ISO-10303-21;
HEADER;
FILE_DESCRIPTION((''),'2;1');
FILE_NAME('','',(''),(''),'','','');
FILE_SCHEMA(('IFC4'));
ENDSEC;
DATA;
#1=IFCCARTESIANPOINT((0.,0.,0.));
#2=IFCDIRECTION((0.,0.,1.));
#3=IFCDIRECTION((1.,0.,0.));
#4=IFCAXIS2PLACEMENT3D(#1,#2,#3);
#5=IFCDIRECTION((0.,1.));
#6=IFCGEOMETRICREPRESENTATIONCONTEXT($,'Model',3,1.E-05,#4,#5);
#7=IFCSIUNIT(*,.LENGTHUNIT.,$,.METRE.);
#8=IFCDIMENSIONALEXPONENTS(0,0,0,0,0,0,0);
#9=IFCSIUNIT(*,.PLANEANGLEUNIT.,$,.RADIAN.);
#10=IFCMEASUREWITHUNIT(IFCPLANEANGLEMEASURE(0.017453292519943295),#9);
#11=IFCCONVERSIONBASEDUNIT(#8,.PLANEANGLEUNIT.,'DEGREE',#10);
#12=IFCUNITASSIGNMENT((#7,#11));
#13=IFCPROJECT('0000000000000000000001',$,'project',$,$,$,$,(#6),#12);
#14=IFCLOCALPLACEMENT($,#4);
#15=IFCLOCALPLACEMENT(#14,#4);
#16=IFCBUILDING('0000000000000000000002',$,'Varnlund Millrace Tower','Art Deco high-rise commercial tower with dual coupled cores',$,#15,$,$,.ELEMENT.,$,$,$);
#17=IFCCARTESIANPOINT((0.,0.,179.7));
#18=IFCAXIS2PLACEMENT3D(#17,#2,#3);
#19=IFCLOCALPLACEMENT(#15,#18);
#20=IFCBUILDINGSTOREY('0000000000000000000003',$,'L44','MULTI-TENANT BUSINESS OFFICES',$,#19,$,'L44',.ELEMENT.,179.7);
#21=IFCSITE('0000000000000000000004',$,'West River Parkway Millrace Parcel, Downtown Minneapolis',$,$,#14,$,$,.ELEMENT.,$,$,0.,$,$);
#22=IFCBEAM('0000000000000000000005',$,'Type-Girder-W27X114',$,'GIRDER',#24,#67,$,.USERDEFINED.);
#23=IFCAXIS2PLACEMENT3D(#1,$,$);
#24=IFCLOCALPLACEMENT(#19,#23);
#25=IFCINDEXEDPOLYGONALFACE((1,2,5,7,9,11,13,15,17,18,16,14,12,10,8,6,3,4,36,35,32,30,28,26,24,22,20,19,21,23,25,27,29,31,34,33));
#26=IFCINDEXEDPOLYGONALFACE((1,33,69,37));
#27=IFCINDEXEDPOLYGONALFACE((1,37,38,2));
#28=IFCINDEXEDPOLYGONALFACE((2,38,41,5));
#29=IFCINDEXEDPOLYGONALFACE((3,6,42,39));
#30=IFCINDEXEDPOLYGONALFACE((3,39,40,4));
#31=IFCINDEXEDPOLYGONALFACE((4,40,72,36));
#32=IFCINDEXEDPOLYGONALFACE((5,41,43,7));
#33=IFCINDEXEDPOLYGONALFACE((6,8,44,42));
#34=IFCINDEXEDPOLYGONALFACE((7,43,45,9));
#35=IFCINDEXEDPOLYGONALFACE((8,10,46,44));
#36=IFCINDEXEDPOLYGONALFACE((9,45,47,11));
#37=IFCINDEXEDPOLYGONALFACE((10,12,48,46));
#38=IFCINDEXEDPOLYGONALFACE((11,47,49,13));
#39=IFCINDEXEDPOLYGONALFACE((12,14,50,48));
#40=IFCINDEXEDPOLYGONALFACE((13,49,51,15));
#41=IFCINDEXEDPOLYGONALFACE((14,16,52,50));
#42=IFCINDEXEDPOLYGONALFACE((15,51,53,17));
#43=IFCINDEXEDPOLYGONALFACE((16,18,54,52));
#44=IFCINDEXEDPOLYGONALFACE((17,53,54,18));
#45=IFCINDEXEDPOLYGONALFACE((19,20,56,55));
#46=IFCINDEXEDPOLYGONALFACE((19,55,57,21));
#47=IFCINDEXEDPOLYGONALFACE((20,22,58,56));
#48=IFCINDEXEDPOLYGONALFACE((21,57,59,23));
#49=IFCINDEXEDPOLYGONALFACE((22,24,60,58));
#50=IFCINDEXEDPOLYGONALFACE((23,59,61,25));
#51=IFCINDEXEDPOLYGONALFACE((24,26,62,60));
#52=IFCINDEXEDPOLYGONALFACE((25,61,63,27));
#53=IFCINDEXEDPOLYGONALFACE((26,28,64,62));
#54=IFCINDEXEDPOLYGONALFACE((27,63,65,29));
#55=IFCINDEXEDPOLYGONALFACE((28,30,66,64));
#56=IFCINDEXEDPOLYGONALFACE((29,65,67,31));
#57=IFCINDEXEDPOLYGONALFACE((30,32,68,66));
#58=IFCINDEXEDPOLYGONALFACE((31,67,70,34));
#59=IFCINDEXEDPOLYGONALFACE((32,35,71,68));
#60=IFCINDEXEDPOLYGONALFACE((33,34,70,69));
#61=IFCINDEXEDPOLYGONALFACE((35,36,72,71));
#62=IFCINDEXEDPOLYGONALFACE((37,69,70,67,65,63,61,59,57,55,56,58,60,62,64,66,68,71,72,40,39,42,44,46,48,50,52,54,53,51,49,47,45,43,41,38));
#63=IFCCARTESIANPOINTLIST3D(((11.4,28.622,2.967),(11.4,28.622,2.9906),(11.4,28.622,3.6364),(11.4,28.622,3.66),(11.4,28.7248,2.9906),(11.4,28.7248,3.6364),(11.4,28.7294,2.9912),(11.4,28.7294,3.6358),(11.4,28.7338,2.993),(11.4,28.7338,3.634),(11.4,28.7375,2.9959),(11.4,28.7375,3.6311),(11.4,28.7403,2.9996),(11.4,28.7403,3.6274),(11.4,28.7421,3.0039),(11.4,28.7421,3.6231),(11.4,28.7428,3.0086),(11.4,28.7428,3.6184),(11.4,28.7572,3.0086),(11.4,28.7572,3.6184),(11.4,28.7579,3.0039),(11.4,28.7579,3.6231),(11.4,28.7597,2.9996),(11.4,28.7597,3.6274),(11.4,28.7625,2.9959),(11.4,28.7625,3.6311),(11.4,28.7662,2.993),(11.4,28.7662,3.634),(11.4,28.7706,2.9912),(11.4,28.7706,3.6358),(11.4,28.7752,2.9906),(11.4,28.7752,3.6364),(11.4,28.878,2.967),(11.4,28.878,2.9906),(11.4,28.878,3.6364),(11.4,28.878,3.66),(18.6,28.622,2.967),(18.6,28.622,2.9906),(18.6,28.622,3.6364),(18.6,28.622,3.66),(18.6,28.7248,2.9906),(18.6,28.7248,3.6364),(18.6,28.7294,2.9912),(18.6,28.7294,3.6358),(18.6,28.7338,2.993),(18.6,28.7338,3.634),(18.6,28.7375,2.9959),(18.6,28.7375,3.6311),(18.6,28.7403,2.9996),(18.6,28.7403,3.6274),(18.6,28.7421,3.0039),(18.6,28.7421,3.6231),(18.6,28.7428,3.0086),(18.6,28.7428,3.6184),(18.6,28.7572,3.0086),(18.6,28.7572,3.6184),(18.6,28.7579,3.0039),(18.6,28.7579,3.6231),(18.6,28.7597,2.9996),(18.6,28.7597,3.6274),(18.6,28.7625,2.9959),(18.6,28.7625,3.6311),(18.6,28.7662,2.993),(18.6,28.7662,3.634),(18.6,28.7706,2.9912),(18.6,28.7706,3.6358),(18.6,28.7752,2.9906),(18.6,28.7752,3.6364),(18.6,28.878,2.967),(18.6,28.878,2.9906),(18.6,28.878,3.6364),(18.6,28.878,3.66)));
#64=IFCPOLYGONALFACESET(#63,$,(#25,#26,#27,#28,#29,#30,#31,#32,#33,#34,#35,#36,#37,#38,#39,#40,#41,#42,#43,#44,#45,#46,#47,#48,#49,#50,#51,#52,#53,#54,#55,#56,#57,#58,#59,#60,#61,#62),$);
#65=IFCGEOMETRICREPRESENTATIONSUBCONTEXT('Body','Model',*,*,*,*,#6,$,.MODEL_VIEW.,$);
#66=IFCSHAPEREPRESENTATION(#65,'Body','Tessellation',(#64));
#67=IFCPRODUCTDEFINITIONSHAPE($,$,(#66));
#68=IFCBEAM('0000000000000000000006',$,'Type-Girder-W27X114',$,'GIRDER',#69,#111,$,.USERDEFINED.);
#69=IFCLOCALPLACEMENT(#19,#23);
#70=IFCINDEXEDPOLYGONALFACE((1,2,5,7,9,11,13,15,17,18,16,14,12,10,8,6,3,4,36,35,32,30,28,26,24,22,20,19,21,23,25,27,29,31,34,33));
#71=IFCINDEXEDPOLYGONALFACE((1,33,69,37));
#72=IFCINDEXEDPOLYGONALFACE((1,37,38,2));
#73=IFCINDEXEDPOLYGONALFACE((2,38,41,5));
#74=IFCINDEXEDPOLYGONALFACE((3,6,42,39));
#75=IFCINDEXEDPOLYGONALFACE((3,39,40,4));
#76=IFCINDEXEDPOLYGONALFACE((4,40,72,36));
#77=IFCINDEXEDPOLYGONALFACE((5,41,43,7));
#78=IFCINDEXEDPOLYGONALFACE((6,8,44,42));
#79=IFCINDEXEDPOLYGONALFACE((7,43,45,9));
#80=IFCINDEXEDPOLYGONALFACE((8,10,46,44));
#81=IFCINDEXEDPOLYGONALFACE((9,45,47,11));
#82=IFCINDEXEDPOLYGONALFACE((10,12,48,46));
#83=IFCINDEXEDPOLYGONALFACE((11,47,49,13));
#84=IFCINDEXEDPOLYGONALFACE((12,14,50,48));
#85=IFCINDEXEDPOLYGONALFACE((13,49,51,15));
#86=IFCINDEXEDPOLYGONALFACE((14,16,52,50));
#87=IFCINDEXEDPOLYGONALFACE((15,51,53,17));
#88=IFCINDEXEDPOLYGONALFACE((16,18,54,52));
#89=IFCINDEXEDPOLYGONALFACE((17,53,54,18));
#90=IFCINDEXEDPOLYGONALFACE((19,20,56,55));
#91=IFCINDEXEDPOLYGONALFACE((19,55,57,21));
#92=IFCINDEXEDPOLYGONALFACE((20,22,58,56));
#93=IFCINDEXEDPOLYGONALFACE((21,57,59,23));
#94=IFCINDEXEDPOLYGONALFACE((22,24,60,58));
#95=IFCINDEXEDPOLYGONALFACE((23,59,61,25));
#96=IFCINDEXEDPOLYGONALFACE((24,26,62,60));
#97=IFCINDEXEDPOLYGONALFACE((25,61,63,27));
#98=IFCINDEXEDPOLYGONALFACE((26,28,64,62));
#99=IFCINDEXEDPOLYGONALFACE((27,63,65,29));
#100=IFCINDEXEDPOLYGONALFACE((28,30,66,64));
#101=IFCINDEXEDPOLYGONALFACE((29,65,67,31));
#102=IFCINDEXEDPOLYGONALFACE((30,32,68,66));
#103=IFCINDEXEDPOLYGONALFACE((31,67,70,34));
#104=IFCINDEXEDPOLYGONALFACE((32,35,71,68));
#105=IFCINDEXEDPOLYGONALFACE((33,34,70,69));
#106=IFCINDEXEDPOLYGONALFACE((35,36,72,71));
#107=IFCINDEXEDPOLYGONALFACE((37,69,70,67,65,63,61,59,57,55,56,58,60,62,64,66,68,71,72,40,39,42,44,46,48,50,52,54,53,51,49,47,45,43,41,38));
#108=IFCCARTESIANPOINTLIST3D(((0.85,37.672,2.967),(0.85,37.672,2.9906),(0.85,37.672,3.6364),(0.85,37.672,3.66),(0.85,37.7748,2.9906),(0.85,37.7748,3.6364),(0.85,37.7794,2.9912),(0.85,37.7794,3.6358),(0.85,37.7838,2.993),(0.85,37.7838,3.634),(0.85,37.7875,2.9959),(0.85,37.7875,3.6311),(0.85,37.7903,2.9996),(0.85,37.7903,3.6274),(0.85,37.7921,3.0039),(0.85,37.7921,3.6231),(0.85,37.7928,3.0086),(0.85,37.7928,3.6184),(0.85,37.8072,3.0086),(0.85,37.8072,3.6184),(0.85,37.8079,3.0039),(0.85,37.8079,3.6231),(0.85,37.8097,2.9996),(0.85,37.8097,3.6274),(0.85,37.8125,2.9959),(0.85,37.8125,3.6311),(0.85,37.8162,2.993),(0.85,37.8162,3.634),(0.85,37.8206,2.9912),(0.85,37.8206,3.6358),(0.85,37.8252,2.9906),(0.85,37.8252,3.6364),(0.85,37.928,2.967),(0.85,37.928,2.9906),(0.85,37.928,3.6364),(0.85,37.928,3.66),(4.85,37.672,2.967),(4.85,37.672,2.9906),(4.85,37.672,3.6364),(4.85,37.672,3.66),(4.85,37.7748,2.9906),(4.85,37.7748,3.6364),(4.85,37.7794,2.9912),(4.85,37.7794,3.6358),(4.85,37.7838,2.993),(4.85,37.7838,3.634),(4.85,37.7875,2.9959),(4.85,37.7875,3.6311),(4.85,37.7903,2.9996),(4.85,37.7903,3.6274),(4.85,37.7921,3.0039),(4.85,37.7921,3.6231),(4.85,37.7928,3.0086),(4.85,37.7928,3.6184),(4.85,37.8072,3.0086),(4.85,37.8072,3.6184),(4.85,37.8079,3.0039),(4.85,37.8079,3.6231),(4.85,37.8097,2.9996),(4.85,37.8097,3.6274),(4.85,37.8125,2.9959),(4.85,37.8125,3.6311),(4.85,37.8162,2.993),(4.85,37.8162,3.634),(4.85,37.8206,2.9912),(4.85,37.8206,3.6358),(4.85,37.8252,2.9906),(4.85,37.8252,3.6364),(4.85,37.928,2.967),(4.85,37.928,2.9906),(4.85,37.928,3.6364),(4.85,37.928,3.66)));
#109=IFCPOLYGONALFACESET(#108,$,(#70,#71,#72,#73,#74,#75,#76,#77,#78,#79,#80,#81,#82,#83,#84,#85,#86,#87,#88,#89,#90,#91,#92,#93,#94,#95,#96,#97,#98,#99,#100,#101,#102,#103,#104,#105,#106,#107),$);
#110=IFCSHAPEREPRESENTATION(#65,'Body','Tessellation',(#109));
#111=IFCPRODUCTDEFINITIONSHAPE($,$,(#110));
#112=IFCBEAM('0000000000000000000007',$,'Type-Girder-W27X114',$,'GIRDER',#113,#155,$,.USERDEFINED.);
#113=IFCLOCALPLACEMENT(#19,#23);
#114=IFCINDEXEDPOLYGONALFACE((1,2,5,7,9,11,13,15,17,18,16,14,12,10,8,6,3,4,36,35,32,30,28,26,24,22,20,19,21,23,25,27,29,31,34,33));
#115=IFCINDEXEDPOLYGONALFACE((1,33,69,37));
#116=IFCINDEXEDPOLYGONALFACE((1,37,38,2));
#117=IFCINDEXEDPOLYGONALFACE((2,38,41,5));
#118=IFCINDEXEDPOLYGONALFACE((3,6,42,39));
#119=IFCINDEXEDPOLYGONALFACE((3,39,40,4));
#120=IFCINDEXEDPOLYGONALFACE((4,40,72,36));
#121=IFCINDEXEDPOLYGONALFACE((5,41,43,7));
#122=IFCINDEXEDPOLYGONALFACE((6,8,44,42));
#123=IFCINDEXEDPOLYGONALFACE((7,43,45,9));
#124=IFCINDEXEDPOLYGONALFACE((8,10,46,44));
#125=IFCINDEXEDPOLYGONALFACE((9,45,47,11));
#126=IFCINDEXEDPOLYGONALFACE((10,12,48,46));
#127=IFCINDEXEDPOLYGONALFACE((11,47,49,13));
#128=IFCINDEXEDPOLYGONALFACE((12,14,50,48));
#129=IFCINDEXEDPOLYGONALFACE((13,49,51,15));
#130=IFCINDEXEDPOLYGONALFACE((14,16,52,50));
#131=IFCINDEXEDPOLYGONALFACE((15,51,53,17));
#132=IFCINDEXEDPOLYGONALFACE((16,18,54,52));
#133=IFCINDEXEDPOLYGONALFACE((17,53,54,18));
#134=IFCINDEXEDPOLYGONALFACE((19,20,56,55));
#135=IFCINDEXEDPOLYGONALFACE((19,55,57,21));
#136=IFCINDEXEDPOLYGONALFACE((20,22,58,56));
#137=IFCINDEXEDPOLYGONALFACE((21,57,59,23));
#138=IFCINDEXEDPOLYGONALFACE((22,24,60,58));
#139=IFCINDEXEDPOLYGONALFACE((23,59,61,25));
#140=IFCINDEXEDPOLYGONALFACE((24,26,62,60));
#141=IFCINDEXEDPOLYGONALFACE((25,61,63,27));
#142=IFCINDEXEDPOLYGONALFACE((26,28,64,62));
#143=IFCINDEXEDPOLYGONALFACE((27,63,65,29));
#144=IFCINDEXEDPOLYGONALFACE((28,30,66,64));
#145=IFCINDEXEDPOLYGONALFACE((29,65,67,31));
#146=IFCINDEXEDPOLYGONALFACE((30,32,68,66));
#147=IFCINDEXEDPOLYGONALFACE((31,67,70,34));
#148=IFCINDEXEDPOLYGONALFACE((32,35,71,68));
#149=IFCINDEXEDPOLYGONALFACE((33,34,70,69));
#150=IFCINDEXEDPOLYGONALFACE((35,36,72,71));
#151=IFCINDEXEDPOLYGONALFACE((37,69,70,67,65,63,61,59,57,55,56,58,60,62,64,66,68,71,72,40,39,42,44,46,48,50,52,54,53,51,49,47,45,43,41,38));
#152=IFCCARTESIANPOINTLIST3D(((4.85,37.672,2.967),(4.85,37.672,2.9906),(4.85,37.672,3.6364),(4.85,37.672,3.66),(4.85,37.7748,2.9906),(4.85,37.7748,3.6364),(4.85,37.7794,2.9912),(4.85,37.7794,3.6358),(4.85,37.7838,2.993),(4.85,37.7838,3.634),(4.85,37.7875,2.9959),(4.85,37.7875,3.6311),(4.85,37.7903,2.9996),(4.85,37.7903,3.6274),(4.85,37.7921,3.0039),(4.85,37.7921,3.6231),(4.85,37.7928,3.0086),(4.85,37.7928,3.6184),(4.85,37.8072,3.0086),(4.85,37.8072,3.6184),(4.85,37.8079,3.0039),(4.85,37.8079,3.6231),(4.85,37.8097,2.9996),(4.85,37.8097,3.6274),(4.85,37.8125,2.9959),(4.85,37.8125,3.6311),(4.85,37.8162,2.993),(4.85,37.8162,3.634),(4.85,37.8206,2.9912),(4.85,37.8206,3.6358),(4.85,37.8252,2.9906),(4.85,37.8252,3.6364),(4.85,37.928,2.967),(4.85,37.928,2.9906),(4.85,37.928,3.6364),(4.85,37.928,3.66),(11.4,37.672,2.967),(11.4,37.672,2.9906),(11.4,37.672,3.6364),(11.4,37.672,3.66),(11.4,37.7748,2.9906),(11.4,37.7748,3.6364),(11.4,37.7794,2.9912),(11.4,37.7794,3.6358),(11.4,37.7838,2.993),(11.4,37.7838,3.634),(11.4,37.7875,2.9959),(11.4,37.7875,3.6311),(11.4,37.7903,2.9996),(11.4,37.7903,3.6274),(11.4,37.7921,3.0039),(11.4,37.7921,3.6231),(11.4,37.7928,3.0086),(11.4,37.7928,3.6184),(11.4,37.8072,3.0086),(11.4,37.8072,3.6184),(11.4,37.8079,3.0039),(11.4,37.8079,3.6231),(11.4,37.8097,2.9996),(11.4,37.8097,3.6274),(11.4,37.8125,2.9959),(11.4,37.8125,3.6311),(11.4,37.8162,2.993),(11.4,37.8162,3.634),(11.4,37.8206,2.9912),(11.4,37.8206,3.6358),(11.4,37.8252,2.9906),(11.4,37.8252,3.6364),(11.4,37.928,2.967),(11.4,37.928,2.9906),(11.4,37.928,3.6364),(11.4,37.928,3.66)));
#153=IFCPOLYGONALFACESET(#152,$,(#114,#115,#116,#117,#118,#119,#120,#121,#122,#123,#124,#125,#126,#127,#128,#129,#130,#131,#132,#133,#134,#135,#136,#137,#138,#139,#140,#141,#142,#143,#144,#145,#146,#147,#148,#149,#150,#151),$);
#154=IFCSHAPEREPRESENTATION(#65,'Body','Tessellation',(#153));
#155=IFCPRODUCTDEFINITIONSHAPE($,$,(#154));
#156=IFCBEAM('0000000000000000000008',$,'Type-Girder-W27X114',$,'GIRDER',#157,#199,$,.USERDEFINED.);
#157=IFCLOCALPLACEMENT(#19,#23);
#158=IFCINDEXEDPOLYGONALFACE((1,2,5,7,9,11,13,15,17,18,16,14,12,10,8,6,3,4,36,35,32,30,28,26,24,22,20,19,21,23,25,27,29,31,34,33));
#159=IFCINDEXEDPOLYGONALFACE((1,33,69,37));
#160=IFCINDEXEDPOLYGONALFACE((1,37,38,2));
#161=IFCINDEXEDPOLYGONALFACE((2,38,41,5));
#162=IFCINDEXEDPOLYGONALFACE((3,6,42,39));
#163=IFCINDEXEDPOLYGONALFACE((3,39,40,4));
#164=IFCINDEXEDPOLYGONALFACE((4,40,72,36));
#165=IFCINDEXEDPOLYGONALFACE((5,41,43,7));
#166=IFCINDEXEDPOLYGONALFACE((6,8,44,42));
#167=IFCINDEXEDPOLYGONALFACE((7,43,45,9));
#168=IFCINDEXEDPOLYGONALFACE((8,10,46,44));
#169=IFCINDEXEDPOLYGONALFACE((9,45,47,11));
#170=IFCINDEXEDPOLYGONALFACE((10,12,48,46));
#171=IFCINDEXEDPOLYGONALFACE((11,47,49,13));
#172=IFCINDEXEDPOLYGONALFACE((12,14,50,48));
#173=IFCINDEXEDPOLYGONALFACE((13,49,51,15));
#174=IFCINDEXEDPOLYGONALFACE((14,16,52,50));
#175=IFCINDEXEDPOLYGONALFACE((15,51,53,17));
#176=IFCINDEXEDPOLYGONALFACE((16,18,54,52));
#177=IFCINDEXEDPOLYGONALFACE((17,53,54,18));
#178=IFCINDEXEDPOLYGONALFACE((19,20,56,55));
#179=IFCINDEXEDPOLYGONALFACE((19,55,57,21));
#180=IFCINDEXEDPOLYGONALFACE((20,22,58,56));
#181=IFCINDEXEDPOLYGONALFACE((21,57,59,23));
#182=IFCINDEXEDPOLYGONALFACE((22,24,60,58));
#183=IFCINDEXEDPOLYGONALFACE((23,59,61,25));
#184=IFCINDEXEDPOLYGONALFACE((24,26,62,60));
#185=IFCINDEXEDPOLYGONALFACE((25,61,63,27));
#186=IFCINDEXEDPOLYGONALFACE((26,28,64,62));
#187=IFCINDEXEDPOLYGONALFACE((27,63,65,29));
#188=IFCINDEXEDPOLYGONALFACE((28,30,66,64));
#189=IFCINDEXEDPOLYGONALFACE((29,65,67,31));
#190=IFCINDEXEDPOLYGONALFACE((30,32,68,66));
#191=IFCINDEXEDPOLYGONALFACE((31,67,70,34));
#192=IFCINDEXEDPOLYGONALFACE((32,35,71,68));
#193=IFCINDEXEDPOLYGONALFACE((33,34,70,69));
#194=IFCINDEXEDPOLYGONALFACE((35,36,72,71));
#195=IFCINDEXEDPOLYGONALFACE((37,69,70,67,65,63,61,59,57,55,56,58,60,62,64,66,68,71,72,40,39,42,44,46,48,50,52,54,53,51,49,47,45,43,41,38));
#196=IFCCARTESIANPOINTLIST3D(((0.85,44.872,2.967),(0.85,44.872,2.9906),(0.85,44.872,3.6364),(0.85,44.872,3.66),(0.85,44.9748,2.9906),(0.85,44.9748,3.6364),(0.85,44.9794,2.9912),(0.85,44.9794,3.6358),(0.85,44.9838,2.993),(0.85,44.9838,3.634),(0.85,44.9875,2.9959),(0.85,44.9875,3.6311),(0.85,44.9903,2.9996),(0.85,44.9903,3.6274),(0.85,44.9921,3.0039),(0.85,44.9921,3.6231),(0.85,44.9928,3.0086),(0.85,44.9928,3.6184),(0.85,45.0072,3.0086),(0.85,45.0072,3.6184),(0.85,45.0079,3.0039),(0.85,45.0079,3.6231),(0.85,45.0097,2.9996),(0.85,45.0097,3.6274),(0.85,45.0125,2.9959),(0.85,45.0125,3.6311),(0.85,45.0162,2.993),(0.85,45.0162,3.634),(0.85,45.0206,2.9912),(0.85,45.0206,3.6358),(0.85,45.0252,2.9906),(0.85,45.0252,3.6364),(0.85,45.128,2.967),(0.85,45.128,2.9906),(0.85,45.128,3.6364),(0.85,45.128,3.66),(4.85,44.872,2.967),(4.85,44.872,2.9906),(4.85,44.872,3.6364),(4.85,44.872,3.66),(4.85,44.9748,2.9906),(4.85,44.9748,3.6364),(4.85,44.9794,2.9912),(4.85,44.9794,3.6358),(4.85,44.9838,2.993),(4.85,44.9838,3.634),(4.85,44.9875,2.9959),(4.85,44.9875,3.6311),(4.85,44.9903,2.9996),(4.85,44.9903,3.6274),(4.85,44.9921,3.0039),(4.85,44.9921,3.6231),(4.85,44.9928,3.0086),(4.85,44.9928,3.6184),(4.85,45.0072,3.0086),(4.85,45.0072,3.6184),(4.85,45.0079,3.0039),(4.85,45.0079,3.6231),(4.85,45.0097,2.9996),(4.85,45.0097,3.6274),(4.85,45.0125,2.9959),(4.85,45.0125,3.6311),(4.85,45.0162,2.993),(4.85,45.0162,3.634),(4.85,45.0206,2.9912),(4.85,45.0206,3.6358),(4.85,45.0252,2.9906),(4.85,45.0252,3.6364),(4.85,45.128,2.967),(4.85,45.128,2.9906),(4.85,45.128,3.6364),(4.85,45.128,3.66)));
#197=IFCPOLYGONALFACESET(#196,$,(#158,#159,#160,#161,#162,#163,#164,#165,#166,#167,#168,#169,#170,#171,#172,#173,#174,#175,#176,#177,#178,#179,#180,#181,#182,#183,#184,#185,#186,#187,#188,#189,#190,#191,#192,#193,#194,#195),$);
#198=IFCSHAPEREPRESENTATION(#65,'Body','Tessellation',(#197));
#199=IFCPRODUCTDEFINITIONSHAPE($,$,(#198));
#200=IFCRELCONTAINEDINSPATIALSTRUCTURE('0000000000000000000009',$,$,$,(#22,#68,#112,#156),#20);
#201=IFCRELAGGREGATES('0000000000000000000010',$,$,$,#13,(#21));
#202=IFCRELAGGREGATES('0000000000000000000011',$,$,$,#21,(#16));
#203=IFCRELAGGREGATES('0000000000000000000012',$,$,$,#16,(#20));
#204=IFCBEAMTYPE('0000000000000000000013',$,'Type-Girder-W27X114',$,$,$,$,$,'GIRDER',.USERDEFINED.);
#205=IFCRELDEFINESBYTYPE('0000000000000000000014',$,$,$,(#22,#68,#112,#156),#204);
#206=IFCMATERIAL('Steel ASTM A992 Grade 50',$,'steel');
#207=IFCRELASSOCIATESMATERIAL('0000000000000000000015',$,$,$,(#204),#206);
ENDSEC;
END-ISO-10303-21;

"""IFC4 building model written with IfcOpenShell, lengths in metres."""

from ifc_helpers import new_model, entity, si_unit, converted_unit, direction, frame, origin_with_axes, origin_2d_with_axis, place, context, subcontext, project, spatial, i_section, extrude, material, material_profile, profile_set, type_object, element, save


model = new_model("IFC4")

# Units and contexts
model_context = context("Model", 3, precision=1e-05, world=origin_with_axes(), true_north=direction((0.0, 1.0)))
body_context = subcontext(model_context, "Body", "Model", "MODEL_VIEW")
ifc_project = project(units=[si_unit("LENGTHUNIT", "METRE"), converted_unit("PLANEANGLEUNIT", "DEGREE", entity("IfcPlaneAngleMeasure", 0.017453292519943295), si_unit("PLANEANGLEUNIT", "RADIAN"), dimensions=[0, 0, 0, 0, 0, 0, 0])], contexts=[model_context])

# Site, building, storey
site_placement = place(None, origin_with_axes())
site = spatial("IfcSite", under=ifc_project, at=site_placement, Name="West River Parkway Millrace Parcel, Downtown Minneapolis", CompositionType="ELEMENT", RefElevation=0.0)
building_placement = place(site_placement, origin_with_axes())
building = spatial("IfcBuilding", under=site, at=building_placement, Name="Varnlund Millrace Tower", Description="Art Deco high-rise commercial tower with dual coupled cores", CompositionType="ELEMENT")
storey_placement = place(building_placement, frame((0.0, 0.0, 179.7), z_axis=(0.0, 0.0, 1.0), x_axis=(1.0, 0.0, 0.0)))
storey = spatial("IfcBuildingStorey", under=building, at=storey_placement, Name="L44", Description="MULTI-TENANT BUSINESS OFFICES", LongName="L44", CompositionType="ELEMENT", Elevation=179.7)

# Beams
ifc_material_1 = material(Name="Steel ASTM A992 Grade 50", Category="steel")
ifc_material_profile_1 = material_profile(ifc_material_1, i_section(OverallWidth=0.256, OverallDepth=0.693, WebThickness=0.0145, FlangeThickness=0.0236, FilletRadius=0.018, at=origin_2d_with_axis()), Name="Steel ASTM A992 Grade 50")
ifc_profile_set_1 = profile_set([ifc_material_profile_1], Name="Steel ASTM A992 Grade 50")
beam_type_1 = type_object("IfcBeamType", Name="Type-Girder-W27X114", ElementType="GIRDER", PredefinedType="USERDEFINED", material=ifc_profile_set_1)
beam_1_placement = place(storey_placement, frame((11.4, 28.75, 3.3135), z_axis=(1.0, 0.0, 0.0), x_axis=(0.0, 1.0, 0.0)))
element("IfcBeam", 1, at=beam_1_placement, inside=storey, type_object=beam_type_1, Name="Type-Girder-W27X114", ObjectType="GIRDER", PredefinedType="USERDEFINED", context=body_context, shape_type="SweptSolid", body=[
    extrude(i_section(OverallWidth=0.256, OverallDepth=0.693, WebThickness=0.0145, FlangeThickness=0.0236, FilletRadius=0.018, at=origin_2d_with_axis()), origin_with_axes(), (0.0, 0.0, 1.0), 7.2),
])
beam_2_placement = place(storey_placement, frame((0.85, 37.8, 3.3135), z_axis=(1.0, 0.0, 0.0), x_axis=(0.0, 1.0, 0.0)))
element("IfcBeam", 2, at=beam_2_placement, inside=storey, type_object=beam_type_1, Name="Type-Girder-W27X114", ObjectType="GIRDER", PredefinedType="USERDEFINED", context=body_context, shape_type="SweptSolid", body=[
    extrude(i_section(OverallWidth=0.256, OverallDepth=0.693, WebThickness=0.0145, FlangeThickness=0.0236, FilletRadius=0.018, at=origin_2d_with_axis()), origin_with_axes(), (0.0, 0.0, 1.0), 4.0),
])
beam_3_placement = place(storey_placement, frame((4.85, 37.8, 3.3135), z_axis=(1.0, 0.0, 0.0), x_axis=(0.0, 1.0, 0.0)))
element("IfcBeam", 3, at=beam_3_placement, inside=storey, type_object=beam_type_1, Name="Type-Girder-W27X114", ObjectType="GIRDER", PredefinedType="USERDEFINED", context=body_context, shape_type="SweptSolid", body=[
    extrude(i_section(OverallWidth=0.256, OverallDepth=0.693, WebThickness=0.0145, FlangeThickness=0.0236, FilletRadius=0.018, at=origin_2d_with_axis()), origin_with_axes(), (0.0, 0.0, 1.0), 6.55),
])
beam_4_placement = place(storey_placement, frame((0.85, 45.0, 3.3135), z_axis=(1.0, 0.0, 0.0), x_axis=(0.0, 1.0, 0.0)))
element("IfcBeam", 4, at=beam_4_placement, inside=storey, type_object=beam_type_1, Name="Type-Girder-W27X114", ObjectType="GIRDER", PredefinedType="USERDEFINED", context=body_context, shape_type="SweptSolid", body=[
    extrude(i_section(OverallWidth=0.256, OverallDepth=0.693, WebThickness=0.0145, FlangeThickness=0.0236, FilletRadius=0.018, at=origin_2d_with_axis()), origin_with_axes(), (0.0, 0.0, 1.0), 4.0),
])

save(model, "model.ifc")
